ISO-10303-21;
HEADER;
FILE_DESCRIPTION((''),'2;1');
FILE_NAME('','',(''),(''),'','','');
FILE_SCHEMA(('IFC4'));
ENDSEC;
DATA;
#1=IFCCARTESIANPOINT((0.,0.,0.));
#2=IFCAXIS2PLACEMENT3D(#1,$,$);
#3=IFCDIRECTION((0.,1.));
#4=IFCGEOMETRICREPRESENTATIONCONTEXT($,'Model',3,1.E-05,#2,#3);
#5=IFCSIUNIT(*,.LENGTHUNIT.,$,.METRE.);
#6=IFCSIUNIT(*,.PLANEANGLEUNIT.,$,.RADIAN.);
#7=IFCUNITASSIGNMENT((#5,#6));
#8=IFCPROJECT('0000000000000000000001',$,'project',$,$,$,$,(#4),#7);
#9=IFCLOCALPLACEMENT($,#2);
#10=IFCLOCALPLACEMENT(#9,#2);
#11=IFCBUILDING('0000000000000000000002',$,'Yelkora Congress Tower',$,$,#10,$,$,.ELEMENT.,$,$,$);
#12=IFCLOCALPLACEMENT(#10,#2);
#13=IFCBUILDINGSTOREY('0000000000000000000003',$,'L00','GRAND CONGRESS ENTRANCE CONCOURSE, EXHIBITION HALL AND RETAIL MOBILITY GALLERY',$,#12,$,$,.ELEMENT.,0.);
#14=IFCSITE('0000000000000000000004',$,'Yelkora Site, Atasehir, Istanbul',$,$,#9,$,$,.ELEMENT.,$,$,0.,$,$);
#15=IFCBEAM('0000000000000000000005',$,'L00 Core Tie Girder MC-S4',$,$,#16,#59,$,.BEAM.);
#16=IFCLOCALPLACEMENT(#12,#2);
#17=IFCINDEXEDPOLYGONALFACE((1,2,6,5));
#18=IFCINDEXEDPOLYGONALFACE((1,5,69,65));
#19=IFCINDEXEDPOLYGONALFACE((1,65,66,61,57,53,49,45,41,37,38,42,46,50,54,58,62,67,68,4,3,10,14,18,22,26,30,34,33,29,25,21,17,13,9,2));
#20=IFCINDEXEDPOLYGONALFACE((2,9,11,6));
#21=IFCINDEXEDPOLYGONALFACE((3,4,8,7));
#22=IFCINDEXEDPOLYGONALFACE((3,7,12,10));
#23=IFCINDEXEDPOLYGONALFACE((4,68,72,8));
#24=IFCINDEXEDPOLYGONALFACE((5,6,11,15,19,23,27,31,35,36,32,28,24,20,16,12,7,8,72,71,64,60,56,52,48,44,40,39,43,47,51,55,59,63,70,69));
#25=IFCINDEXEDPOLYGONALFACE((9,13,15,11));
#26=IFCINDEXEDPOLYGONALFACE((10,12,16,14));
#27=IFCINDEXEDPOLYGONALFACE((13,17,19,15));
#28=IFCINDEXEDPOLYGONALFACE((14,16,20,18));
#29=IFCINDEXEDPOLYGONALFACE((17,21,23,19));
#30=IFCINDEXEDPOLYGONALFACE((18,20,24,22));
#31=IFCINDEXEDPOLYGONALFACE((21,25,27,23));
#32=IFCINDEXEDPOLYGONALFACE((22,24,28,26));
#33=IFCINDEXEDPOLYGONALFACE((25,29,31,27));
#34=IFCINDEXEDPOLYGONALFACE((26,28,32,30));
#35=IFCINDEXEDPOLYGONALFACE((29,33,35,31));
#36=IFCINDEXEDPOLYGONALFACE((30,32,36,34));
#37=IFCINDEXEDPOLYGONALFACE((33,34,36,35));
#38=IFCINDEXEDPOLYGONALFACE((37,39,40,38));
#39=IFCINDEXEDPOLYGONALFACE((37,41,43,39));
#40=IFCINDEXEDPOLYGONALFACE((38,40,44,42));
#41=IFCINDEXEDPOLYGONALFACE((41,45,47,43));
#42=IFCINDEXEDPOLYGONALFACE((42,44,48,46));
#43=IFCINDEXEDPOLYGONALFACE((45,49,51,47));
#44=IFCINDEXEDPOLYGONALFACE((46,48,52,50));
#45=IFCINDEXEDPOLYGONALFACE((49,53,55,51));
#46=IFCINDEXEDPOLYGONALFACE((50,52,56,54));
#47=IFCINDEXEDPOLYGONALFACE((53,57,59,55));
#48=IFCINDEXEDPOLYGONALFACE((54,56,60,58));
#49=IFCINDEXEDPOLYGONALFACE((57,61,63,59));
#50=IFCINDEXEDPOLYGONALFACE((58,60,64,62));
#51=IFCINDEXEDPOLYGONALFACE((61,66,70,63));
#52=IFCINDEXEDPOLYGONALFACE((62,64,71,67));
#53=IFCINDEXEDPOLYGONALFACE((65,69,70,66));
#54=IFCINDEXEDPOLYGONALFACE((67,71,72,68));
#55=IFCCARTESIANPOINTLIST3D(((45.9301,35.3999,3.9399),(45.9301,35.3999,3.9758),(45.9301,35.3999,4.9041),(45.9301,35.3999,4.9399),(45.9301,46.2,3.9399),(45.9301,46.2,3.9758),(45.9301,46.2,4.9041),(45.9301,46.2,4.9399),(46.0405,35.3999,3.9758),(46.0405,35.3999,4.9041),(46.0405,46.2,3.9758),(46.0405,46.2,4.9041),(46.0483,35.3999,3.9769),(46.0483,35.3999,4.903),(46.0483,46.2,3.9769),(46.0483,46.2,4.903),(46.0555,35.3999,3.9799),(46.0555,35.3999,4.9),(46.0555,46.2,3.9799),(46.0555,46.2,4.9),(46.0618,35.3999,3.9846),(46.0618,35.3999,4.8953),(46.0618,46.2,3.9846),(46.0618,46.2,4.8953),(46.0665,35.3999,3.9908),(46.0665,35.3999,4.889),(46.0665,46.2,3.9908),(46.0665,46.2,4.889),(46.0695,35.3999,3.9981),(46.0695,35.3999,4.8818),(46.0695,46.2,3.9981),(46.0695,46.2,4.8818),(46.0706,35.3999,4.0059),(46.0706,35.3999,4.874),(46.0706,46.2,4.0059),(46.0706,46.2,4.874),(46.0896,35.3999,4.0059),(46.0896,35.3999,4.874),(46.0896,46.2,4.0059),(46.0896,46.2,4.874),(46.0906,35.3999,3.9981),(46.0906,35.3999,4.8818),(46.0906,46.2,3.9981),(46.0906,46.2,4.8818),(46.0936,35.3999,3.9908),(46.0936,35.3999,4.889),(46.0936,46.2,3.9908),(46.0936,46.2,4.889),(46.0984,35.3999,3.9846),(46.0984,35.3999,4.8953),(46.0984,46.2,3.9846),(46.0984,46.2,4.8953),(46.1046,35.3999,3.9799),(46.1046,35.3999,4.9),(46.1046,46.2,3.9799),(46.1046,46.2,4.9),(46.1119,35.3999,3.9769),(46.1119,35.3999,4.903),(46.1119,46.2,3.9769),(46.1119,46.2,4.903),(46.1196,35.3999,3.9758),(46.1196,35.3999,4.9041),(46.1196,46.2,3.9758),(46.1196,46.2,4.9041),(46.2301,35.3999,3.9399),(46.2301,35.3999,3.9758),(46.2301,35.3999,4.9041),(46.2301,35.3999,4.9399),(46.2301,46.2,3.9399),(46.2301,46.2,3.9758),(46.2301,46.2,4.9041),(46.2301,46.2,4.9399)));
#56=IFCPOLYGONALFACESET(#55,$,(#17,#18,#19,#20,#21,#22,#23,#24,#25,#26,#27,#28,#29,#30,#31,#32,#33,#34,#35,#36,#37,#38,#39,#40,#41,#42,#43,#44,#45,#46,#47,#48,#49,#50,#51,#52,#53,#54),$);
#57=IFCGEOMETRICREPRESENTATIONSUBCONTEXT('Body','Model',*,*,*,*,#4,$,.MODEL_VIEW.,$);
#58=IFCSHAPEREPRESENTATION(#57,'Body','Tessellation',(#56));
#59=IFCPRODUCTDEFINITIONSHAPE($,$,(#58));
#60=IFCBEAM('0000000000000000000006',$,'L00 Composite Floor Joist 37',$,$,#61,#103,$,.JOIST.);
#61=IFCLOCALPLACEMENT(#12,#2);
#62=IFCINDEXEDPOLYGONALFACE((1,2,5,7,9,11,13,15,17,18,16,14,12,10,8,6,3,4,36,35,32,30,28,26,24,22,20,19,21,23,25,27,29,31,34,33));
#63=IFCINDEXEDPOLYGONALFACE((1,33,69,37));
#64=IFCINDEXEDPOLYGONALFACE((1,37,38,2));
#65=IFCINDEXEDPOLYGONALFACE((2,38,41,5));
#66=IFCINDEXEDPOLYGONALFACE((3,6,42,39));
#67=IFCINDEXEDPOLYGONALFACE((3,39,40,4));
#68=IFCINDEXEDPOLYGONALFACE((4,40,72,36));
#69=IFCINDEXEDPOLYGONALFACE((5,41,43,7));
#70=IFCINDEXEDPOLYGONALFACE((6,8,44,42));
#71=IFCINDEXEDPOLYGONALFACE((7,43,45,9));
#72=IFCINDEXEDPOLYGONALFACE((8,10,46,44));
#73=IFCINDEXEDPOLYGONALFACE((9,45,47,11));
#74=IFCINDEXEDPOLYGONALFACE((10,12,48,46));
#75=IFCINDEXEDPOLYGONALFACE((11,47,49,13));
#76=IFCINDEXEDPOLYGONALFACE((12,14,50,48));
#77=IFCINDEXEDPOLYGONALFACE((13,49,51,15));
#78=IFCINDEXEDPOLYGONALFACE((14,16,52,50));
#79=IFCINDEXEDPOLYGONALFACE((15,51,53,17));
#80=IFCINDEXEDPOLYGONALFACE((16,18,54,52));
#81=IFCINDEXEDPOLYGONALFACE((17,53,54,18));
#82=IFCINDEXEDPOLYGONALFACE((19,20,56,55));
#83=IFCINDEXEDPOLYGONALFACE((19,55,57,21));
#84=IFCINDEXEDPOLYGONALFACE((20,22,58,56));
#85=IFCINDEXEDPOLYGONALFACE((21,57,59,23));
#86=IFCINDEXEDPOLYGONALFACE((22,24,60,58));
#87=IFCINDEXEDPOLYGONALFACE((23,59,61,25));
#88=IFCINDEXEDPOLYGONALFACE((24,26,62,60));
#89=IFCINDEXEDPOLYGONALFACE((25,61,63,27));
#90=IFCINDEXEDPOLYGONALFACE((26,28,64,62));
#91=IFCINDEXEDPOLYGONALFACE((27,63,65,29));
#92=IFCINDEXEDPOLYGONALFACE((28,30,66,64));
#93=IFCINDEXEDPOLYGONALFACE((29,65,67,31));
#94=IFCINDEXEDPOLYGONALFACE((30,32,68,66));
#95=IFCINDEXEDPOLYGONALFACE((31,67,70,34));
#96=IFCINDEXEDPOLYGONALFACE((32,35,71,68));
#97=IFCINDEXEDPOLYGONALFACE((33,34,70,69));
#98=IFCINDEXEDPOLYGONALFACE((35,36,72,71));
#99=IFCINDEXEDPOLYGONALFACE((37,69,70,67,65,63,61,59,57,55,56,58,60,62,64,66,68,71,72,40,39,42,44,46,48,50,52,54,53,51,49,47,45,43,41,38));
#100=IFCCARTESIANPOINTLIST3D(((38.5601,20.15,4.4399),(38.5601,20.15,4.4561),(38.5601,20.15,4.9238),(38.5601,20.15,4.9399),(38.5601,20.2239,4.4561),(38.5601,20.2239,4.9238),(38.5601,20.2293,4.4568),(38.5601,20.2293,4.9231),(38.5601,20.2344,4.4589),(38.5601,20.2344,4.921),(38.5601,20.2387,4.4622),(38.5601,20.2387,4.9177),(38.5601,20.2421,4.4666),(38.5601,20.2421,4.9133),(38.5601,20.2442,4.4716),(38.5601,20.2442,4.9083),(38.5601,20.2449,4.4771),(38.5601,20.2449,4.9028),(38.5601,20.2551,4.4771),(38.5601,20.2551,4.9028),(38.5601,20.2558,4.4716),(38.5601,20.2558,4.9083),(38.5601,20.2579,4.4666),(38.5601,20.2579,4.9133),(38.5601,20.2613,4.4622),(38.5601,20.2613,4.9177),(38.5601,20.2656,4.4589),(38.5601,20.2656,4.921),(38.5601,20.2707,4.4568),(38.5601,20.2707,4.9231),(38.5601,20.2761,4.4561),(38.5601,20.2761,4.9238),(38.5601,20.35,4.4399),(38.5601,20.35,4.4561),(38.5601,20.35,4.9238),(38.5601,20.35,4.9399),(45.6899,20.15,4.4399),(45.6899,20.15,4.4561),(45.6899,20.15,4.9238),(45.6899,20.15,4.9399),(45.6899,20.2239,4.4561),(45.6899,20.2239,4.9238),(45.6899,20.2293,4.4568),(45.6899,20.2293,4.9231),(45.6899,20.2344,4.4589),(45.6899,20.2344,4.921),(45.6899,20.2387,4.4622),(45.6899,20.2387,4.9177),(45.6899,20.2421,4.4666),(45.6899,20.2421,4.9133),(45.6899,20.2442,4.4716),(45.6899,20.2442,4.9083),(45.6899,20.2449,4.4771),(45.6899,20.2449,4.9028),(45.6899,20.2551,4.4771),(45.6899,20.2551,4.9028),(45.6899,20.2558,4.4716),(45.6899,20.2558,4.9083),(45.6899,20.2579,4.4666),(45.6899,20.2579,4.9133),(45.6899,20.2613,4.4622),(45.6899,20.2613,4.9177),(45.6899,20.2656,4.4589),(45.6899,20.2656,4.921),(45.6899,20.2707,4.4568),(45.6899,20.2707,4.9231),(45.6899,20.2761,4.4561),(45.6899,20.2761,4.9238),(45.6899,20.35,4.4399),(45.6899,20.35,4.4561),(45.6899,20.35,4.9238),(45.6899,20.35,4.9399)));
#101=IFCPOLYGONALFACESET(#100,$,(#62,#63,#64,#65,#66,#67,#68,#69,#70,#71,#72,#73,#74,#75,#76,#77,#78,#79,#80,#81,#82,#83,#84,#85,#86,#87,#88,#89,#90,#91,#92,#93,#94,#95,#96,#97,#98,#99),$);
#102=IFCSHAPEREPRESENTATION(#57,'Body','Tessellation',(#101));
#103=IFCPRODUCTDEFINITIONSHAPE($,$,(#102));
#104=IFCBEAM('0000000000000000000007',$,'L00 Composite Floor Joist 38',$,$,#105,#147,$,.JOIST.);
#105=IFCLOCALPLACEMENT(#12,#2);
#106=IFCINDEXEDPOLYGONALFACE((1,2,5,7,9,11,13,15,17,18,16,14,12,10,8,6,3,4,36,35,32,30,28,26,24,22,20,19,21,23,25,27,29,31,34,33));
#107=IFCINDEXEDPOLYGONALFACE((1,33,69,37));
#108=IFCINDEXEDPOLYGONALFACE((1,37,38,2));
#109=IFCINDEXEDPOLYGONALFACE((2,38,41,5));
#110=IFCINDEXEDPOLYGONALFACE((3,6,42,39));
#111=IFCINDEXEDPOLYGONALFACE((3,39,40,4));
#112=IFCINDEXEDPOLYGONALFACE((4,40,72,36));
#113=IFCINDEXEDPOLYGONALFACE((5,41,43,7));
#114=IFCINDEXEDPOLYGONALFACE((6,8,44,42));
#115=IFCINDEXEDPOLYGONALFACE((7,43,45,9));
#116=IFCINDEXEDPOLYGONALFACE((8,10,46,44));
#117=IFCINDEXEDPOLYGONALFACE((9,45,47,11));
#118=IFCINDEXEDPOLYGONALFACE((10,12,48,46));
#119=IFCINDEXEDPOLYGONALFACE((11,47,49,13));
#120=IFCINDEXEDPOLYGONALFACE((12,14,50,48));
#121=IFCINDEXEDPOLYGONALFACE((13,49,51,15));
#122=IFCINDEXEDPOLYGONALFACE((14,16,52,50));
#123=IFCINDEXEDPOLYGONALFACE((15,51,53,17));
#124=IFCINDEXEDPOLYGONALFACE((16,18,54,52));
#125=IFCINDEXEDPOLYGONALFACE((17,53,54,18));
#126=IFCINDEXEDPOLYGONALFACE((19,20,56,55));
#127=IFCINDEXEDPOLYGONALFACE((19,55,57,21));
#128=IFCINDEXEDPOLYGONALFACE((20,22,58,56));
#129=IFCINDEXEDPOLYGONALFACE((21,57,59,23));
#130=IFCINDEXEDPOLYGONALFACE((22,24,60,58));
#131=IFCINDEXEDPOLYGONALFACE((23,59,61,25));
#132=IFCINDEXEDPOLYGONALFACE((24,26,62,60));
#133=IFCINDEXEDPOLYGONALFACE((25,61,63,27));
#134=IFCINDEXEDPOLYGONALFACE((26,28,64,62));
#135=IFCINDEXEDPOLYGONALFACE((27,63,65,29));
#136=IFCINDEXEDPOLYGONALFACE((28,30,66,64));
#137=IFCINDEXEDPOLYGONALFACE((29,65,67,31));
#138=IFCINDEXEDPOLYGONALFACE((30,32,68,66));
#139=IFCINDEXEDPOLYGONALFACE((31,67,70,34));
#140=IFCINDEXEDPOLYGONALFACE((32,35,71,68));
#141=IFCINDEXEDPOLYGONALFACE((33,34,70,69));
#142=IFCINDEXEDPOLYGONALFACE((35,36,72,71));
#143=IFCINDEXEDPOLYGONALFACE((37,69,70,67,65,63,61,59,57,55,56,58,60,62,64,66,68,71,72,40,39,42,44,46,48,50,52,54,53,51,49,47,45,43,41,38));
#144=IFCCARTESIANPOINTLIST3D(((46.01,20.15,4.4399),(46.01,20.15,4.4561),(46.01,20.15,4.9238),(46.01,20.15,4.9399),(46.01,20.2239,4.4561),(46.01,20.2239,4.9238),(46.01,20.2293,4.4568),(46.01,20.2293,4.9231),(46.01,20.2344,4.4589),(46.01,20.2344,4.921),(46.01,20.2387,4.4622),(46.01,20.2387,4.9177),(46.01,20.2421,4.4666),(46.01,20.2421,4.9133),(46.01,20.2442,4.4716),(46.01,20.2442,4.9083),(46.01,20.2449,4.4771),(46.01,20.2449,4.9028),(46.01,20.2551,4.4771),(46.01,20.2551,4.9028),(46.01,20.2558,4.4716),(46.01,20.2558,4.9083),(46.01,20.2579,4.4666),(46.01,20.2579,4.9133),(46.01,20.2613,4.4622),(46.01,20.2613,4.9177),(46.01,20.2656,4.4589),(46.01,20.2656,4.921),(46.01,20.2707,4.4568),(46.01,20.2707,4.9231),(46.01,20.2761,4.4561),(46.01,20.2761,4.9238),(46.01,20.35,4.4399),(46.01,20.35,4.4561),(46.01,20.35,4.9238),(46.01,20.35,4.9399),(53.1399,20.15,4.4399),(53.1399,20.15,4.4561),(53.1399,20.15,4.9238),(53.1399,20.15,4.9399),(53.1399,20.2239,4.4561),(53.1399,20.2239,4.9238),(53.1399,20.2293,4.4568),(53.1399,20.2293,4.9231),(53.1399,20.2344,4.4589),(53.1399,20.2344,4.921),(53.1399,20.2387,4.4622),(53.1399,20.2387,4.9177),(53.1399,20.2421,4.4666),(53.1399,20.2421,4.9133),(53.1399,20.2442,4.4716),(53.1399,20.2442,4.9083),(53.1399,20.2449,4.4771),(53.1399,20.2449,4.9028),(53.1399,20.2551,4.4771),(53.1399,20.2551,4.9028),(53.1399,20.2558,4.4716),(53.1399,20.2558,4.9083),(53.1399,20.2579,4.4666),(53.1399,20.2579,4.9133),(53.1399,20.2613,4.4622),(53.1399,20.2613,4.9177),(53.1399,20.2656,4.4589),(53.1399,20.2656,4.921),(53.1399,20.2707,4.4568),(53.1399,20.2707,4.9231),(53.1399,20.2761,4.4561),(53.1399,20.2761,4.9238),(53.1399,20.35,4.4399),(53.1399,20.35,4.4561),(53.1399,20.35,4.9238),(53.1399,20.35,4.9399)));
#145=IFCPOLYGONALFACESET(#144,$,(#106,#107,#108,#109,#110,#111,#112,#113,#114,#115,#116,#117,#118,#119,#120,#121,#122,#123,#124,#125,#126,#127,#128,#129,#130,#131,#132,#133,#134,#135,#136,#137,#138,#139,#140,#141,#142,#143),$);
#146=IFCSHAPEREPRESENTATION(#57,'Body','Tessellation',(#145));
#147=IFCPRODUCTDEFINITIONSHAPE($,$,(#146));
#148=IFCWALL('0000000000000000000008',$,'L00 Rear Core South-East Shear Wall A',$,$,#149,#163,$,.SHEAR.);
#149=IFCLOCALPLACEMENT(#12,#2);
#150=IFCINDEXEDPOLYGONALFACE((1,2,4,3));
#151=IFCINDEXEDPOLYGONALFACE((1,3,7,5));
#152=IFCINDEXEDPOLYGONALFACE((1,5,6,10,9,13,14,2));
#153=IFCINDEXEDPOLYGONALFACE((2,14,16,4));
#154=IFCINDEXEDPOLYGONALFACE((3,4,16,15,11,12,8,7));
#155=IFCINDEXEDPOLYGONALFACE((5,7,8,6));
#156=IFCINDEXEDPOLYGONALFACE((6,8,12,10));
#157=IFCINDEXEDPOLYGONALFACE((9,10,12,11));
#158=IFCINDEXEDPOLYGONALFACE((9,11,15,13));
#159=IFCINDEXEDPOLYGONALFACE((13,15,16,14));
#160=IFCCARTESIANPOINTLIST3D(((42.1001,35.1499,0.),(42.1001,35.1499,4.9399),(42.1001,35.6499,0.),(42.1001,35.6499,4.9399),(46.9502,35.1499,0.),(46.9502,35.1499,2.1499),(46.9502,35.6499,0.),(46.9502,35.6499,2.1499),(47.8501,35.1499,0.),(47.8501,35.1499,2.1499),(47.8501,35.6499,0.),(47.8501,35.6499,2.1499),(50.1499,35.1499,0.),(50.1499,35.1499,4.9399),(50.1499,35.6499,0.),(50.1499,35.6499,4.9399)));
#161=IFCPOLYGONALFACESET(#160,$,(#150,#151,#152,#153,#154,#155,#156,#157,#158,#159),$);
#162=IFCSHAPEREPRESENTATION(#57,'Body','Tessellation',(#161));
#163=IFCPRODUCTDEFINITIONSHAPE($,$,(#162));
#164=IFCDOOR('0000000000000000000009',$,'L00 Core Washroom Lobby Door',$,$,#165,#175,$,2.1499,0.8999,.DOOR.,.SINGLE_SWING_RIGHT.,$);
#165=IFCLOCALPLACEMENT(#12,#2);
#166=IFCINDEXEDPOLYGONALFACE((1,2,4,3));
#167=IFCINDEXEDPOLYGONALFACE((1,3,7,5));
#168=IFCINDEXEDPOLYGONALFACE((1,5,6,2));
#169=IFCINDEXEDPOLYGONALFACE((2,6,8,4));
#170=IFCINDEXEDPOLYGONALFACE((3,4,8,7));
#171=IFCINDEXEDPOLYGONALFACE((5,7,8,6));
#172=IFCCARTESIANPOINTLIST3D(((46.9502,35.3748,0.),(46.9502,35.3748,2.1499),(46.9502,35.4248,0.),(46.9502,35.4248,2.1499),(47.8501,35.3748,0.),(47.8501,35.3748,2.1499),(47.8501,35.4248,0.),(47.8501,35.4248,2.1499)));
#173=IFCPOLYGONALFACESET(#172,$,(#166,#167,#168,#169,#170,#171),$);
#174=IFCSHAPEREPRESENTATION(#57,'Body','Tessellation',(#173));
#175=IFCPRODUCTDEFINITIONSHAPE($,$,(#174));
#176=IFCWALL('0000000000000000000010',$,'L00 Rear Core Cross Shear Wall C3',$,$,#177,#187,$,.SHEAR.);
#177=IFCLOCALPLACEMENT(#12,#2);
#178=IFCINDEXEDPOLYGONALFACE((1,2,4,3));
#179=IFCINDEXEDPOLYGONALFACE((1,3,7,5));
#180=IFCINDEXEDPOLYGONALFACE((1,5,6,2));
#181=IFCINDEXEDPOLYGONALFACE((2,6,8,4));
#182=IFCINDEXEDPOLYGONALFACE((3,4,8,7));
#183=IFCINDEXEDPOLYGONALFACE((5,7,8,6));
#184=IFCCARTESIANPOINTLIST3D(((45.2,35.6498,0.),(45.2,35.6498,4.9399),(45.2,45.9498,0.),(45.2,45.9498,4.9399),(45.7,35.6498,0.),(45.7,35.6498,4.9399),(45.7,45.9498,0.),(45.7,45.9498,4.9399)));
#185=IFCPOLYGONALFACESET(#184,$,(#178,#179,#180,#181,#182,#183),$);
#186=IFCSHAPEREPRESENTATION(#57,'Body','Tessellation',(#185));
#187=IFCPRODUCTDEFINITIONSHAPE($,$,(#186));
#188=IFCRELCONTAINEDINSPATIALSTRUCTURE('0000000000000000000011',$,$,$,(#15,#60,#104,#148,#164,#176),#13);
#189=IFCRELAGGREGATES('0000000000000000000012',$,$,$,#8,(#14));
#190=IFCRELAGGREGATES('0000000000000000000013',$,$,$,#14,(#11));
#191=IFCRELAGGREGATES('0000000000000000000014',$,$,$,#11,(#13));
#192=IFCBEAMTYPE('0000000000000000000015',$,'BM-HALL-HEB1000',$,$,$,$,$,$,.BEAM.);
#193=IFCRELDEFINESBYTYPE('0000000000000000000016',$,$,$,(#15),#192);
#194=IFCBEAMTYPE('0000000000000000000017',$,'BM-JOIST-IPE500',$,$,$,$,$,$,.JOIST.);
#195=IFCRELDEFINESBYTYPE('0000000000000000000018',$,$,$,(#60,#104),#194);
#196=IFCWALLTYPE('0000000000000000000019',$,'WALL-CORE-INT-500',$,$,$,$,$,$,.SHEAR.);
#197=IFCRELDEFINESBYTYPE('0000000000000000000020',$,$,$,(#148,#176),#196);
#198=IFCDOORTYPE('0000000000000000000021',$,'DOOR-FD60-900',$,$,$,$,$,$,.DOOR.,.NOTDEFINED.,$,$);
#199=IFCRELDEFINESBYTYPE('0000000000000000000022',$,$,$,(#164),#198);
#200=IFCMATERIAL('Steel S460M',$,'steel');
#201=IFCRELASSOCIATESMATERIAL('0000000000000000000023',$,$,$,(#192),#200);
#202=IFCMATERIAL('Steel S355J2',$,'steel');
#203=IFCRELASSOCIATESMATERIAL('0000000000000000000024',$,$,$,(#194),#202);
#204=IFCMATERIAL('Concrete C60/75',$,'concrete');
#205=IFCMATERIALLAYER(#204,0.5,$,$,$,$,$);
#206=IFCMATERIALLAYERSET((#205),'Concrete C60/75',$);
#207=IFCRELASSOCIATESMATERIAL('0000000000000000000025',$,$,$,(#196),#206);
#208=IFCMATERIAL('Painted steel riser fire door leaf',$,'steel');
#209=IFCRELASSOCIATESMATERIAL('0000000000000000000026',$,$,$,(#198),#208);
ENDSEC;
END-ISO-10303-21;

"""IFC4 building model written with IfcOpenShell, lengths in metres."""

from ifc_helpers import new_model, si_unit, direction, frame, frame_2d, origin, origin_2d, place, context, subcontext, project, spatial, rectangle, i_section, extrude, material, layer, layer_set, material_profile, profile_set, type_object, element, fill, save


model = new_model("IFC4")

# Units and contexts
model_context = context("Model", 3, precision=1e-05, world=origin(), true_north=direction((0.0, 1.0)))
body_context = subcontext(model_context, "Body", "Model", "MODEL_VIEW")
ifc_project = project(units=[si_unit("LENGTHUNIT", "METRE"), si_unit("PLANEANGLEUNIT", "RADIAN")], contexts=[model_context])

# Site, building, storey
site_placement = place(None, origin())
site = spatial("IfcSite", under=ifc_project, at=site_placement, Name="Yelkora Site, Atasehir, Istanbul", CompositionType="ELEMENT", RefElevation=0.0)
building_placement = place(site_placement, origin())
building = spatial("IfcBuilding", under=site, at=building_placement, Name="Yelkora Congress Tower", CompositionType="ELEMENT")
storey_placement = place(building_placement, origin())
storey = spatial("IfcBuildingStorey", under=building, at=storey_placement, Name="L00", Description="GRAND CONGRESS ENTRANCE CONCOURSE, EXHIBITION HALL AND RETAIL MOBILITY GALLERY", CompositionType="ELEMENT", Elevation=0.0)

# Shared definitions
ifc_material_1 = material(Name="Concrete C60/75", Category="concrete")

# Beams
ifc_material_2 = material(Name="Steel S460M", Category="steel")
ifc_material_profile_1 = material_profile(ifc_material_2, i_section(OverallWidth=0.3, OverallDepth=1.0, WebThickness=0.019, FlangeThickness=0.0359, FilletRadius=0.03, at=origin_2d()), Name="HEB 1000")
ifc_profile_set_1 = profile_set([ifc_material_profile_1], Name="Steel S460M")
beam_type_1 = type_object("IfcBeamType", Name="BM-HALL-HEB1000", PredefinedType="BEAM", material=ifc_profile_set_1)
beam_1_placement = place(storey_placement, frame((46.0801, 35.3999, 4.4399), z_axis=(0.0, 1.0, 0.0), x_axis=(-1.0, 0.0, 0.0)))
element("IfcBeam", 1, at=beam_1_placement, inside=storey, type_object=beam_type_1, Name="L00 Core Tie Girder MC-S4", PredefinedType="BEAM", context=body_context, shape_type="SweptSolid", body=[
    extrude(i_section(OverallWidth=0.3, OverallDepth=1.0, WebThickness=0.019, FlangeThickness=0.0359, FilletRadius=0.03, at=origin_2d()), origin(), (0.0, 0.0, 1.0), 10.8),
])
ifc_material_3 = material(Name="Steel S355J2", Category="steel")
ifc_material_profile_2 = material_profile(ifc_material_3, i_section(OverallWidth=0.2, OverallDepth=0.5, WebThickness=0.0103, FlangeThickness=0.0161, FilletRadius=0.021, at=origin_2d()), Name="IPE 500")
ifc_profile_set_2 = profile_set([ifc_material_profile_2], Name="Steel S355J2")
beam_type_2 = type_object("IfcBeamType", Name="BM-JOIST-IPE500", PredefinedType="JOIST", material=ifc_profile_set_2)
for number, where, z_axis, x_axis, name in (
    (2, (38.5601, 20.25, 4.6899), (1.0, 0.0, 0.0), (0.0, 1.0, 0.0), "L00 Composite Floor Joist 37"),
    (3, (46.01, 20.25, 4.6899), (1.0, 0.0, 0.0), (0.0, 1.0, 0.0), "L00 Composite Floor Joist 38"),
):
    element("IfcBeam", number, at=place(storey_placement, frame(where, z_axis=z_axis, x_axis=x_axis)), inside=storey, type_object=beam_type_2, Name=name, PredefinedType="JOIST", context=body_context, shape_type="SweptSolid", body=[
        extrude(i_section(OverallWidth=0.2, OverallDepth=0.5, WebThickness=0.0103, FlangeThickness=0.0161, FilletRadius=0.021, at=origin_2d()), origin(), (0.0, 0.0, 1.0), 7.1299),
    ])

# Wall, opening, door
ifc_layer_1 = layer(ifc_material_1, 0.5)
ifc_layer_set_1 = layer_set([ifc_layer_1], Name="Concrete C60/75")
wall_type_1 = type_object("IfcWallType", Name="WALL-CORE-INT-500", PredefinedType="SHEAR", material=ifc_layer_set_1)
wall_1_placement = place(storey_placement, frame((42.1001, 35.3999, 0.0), z_axis=(0.0, 0.0, 1.0), x_axis=(1.0, 0.0, 0.0)))
wall_1 = element("IfcWall", 4, at=wall_1_placement, inside=storey, type_object=wall_type_1, Name="L00 Rear Core South-East Shear Wall A", PredefinedType="SHEAR", context=body_context, shape_type="SweptSolid", body=[
    extrude(rectangle(XDim=8.0498, YDim=0.5, at=frame_2d((4.0249, 0.0))), origin(), (0.0, 0.0, 1.0), 4.9399),
])
opening_1_placement = place(wall_1_placement, frame((4.8501, 0.0, 0.0)))
opening_1 = element("IfcOpeningElement", 5, at=opening_1_placement, cuts=wall_1, PredefinedType="OPENING", context=body_context, shape_type="SweptSolid", body=[
    extrude(rectangle(XDim=0.8999, YDim=2.1499, at=frame_2d((0.45, 1.075))), frame((0.0, 0.26, 0.0), z_axis=(0.0, -1.0, 0.0), x_axis=(1.0, 0.0, 0.0)), (0.0, 0.0, 1.0), 0.52),
])
ifc_material_4 = material(Name="Painted steel riser fire door leaf", Category="steel")
door_type_1 = type_object("IfcDoorType", Name="DOOR-FD60-900", OperationType="NOTDEFINED", PredefinedType="DOOR", material=ifc_material_4)
door_1_placement = place(opening_1_placement, origin())
door_1 = element("IfcDoor", 6, at=door_1_placement, inside=storey, type_object=door_type_1, Name="L00 Core Washroom Lobby Door", OperationType="SINGLE_SWING_RIGHT", OverallHeight=2.1499, OverallWidth=0.8999, PredefinedType="DOOR", context=body_context, shape_type="SweptSolid", body=[
    extrude(rectangle(XDim=0.8999, YDim=2.1499, at=frame_2d((0.45, 1.075))), frame((0.0, 0.0249, 0.0), z_axis=(0.0, -1.0, 0.0), x_axis=(1.0, 0.0, 0.0)), (0.0, 0.0, 1.0), 0.05),
])
fill(opening_1, door_1)

# Wall
wall_2_placement = place(storey_placement, frame((45.45, 35.6499, 0.0), z_axis=(0.0, 0.0, 1.0), x_axis=(0.0, 1.0, 0.0)))
element("IfcWall", 7, at=wall_2_placement, inside=storey, type_object=wall_type_1, Name="L00 Rear Core Cross Shear Wall C3", PredefinedType="SHEAR", context=body_context, shape_type="SweptSolid", body=[
    extrude(rectangle(XDim=10.3, YDim=0.5, at=frame_2d((5.1499, 0.0))), origin(), (0.0, 0.0, 1.0), 4.9399),
])

save(model, "model.ifc")
